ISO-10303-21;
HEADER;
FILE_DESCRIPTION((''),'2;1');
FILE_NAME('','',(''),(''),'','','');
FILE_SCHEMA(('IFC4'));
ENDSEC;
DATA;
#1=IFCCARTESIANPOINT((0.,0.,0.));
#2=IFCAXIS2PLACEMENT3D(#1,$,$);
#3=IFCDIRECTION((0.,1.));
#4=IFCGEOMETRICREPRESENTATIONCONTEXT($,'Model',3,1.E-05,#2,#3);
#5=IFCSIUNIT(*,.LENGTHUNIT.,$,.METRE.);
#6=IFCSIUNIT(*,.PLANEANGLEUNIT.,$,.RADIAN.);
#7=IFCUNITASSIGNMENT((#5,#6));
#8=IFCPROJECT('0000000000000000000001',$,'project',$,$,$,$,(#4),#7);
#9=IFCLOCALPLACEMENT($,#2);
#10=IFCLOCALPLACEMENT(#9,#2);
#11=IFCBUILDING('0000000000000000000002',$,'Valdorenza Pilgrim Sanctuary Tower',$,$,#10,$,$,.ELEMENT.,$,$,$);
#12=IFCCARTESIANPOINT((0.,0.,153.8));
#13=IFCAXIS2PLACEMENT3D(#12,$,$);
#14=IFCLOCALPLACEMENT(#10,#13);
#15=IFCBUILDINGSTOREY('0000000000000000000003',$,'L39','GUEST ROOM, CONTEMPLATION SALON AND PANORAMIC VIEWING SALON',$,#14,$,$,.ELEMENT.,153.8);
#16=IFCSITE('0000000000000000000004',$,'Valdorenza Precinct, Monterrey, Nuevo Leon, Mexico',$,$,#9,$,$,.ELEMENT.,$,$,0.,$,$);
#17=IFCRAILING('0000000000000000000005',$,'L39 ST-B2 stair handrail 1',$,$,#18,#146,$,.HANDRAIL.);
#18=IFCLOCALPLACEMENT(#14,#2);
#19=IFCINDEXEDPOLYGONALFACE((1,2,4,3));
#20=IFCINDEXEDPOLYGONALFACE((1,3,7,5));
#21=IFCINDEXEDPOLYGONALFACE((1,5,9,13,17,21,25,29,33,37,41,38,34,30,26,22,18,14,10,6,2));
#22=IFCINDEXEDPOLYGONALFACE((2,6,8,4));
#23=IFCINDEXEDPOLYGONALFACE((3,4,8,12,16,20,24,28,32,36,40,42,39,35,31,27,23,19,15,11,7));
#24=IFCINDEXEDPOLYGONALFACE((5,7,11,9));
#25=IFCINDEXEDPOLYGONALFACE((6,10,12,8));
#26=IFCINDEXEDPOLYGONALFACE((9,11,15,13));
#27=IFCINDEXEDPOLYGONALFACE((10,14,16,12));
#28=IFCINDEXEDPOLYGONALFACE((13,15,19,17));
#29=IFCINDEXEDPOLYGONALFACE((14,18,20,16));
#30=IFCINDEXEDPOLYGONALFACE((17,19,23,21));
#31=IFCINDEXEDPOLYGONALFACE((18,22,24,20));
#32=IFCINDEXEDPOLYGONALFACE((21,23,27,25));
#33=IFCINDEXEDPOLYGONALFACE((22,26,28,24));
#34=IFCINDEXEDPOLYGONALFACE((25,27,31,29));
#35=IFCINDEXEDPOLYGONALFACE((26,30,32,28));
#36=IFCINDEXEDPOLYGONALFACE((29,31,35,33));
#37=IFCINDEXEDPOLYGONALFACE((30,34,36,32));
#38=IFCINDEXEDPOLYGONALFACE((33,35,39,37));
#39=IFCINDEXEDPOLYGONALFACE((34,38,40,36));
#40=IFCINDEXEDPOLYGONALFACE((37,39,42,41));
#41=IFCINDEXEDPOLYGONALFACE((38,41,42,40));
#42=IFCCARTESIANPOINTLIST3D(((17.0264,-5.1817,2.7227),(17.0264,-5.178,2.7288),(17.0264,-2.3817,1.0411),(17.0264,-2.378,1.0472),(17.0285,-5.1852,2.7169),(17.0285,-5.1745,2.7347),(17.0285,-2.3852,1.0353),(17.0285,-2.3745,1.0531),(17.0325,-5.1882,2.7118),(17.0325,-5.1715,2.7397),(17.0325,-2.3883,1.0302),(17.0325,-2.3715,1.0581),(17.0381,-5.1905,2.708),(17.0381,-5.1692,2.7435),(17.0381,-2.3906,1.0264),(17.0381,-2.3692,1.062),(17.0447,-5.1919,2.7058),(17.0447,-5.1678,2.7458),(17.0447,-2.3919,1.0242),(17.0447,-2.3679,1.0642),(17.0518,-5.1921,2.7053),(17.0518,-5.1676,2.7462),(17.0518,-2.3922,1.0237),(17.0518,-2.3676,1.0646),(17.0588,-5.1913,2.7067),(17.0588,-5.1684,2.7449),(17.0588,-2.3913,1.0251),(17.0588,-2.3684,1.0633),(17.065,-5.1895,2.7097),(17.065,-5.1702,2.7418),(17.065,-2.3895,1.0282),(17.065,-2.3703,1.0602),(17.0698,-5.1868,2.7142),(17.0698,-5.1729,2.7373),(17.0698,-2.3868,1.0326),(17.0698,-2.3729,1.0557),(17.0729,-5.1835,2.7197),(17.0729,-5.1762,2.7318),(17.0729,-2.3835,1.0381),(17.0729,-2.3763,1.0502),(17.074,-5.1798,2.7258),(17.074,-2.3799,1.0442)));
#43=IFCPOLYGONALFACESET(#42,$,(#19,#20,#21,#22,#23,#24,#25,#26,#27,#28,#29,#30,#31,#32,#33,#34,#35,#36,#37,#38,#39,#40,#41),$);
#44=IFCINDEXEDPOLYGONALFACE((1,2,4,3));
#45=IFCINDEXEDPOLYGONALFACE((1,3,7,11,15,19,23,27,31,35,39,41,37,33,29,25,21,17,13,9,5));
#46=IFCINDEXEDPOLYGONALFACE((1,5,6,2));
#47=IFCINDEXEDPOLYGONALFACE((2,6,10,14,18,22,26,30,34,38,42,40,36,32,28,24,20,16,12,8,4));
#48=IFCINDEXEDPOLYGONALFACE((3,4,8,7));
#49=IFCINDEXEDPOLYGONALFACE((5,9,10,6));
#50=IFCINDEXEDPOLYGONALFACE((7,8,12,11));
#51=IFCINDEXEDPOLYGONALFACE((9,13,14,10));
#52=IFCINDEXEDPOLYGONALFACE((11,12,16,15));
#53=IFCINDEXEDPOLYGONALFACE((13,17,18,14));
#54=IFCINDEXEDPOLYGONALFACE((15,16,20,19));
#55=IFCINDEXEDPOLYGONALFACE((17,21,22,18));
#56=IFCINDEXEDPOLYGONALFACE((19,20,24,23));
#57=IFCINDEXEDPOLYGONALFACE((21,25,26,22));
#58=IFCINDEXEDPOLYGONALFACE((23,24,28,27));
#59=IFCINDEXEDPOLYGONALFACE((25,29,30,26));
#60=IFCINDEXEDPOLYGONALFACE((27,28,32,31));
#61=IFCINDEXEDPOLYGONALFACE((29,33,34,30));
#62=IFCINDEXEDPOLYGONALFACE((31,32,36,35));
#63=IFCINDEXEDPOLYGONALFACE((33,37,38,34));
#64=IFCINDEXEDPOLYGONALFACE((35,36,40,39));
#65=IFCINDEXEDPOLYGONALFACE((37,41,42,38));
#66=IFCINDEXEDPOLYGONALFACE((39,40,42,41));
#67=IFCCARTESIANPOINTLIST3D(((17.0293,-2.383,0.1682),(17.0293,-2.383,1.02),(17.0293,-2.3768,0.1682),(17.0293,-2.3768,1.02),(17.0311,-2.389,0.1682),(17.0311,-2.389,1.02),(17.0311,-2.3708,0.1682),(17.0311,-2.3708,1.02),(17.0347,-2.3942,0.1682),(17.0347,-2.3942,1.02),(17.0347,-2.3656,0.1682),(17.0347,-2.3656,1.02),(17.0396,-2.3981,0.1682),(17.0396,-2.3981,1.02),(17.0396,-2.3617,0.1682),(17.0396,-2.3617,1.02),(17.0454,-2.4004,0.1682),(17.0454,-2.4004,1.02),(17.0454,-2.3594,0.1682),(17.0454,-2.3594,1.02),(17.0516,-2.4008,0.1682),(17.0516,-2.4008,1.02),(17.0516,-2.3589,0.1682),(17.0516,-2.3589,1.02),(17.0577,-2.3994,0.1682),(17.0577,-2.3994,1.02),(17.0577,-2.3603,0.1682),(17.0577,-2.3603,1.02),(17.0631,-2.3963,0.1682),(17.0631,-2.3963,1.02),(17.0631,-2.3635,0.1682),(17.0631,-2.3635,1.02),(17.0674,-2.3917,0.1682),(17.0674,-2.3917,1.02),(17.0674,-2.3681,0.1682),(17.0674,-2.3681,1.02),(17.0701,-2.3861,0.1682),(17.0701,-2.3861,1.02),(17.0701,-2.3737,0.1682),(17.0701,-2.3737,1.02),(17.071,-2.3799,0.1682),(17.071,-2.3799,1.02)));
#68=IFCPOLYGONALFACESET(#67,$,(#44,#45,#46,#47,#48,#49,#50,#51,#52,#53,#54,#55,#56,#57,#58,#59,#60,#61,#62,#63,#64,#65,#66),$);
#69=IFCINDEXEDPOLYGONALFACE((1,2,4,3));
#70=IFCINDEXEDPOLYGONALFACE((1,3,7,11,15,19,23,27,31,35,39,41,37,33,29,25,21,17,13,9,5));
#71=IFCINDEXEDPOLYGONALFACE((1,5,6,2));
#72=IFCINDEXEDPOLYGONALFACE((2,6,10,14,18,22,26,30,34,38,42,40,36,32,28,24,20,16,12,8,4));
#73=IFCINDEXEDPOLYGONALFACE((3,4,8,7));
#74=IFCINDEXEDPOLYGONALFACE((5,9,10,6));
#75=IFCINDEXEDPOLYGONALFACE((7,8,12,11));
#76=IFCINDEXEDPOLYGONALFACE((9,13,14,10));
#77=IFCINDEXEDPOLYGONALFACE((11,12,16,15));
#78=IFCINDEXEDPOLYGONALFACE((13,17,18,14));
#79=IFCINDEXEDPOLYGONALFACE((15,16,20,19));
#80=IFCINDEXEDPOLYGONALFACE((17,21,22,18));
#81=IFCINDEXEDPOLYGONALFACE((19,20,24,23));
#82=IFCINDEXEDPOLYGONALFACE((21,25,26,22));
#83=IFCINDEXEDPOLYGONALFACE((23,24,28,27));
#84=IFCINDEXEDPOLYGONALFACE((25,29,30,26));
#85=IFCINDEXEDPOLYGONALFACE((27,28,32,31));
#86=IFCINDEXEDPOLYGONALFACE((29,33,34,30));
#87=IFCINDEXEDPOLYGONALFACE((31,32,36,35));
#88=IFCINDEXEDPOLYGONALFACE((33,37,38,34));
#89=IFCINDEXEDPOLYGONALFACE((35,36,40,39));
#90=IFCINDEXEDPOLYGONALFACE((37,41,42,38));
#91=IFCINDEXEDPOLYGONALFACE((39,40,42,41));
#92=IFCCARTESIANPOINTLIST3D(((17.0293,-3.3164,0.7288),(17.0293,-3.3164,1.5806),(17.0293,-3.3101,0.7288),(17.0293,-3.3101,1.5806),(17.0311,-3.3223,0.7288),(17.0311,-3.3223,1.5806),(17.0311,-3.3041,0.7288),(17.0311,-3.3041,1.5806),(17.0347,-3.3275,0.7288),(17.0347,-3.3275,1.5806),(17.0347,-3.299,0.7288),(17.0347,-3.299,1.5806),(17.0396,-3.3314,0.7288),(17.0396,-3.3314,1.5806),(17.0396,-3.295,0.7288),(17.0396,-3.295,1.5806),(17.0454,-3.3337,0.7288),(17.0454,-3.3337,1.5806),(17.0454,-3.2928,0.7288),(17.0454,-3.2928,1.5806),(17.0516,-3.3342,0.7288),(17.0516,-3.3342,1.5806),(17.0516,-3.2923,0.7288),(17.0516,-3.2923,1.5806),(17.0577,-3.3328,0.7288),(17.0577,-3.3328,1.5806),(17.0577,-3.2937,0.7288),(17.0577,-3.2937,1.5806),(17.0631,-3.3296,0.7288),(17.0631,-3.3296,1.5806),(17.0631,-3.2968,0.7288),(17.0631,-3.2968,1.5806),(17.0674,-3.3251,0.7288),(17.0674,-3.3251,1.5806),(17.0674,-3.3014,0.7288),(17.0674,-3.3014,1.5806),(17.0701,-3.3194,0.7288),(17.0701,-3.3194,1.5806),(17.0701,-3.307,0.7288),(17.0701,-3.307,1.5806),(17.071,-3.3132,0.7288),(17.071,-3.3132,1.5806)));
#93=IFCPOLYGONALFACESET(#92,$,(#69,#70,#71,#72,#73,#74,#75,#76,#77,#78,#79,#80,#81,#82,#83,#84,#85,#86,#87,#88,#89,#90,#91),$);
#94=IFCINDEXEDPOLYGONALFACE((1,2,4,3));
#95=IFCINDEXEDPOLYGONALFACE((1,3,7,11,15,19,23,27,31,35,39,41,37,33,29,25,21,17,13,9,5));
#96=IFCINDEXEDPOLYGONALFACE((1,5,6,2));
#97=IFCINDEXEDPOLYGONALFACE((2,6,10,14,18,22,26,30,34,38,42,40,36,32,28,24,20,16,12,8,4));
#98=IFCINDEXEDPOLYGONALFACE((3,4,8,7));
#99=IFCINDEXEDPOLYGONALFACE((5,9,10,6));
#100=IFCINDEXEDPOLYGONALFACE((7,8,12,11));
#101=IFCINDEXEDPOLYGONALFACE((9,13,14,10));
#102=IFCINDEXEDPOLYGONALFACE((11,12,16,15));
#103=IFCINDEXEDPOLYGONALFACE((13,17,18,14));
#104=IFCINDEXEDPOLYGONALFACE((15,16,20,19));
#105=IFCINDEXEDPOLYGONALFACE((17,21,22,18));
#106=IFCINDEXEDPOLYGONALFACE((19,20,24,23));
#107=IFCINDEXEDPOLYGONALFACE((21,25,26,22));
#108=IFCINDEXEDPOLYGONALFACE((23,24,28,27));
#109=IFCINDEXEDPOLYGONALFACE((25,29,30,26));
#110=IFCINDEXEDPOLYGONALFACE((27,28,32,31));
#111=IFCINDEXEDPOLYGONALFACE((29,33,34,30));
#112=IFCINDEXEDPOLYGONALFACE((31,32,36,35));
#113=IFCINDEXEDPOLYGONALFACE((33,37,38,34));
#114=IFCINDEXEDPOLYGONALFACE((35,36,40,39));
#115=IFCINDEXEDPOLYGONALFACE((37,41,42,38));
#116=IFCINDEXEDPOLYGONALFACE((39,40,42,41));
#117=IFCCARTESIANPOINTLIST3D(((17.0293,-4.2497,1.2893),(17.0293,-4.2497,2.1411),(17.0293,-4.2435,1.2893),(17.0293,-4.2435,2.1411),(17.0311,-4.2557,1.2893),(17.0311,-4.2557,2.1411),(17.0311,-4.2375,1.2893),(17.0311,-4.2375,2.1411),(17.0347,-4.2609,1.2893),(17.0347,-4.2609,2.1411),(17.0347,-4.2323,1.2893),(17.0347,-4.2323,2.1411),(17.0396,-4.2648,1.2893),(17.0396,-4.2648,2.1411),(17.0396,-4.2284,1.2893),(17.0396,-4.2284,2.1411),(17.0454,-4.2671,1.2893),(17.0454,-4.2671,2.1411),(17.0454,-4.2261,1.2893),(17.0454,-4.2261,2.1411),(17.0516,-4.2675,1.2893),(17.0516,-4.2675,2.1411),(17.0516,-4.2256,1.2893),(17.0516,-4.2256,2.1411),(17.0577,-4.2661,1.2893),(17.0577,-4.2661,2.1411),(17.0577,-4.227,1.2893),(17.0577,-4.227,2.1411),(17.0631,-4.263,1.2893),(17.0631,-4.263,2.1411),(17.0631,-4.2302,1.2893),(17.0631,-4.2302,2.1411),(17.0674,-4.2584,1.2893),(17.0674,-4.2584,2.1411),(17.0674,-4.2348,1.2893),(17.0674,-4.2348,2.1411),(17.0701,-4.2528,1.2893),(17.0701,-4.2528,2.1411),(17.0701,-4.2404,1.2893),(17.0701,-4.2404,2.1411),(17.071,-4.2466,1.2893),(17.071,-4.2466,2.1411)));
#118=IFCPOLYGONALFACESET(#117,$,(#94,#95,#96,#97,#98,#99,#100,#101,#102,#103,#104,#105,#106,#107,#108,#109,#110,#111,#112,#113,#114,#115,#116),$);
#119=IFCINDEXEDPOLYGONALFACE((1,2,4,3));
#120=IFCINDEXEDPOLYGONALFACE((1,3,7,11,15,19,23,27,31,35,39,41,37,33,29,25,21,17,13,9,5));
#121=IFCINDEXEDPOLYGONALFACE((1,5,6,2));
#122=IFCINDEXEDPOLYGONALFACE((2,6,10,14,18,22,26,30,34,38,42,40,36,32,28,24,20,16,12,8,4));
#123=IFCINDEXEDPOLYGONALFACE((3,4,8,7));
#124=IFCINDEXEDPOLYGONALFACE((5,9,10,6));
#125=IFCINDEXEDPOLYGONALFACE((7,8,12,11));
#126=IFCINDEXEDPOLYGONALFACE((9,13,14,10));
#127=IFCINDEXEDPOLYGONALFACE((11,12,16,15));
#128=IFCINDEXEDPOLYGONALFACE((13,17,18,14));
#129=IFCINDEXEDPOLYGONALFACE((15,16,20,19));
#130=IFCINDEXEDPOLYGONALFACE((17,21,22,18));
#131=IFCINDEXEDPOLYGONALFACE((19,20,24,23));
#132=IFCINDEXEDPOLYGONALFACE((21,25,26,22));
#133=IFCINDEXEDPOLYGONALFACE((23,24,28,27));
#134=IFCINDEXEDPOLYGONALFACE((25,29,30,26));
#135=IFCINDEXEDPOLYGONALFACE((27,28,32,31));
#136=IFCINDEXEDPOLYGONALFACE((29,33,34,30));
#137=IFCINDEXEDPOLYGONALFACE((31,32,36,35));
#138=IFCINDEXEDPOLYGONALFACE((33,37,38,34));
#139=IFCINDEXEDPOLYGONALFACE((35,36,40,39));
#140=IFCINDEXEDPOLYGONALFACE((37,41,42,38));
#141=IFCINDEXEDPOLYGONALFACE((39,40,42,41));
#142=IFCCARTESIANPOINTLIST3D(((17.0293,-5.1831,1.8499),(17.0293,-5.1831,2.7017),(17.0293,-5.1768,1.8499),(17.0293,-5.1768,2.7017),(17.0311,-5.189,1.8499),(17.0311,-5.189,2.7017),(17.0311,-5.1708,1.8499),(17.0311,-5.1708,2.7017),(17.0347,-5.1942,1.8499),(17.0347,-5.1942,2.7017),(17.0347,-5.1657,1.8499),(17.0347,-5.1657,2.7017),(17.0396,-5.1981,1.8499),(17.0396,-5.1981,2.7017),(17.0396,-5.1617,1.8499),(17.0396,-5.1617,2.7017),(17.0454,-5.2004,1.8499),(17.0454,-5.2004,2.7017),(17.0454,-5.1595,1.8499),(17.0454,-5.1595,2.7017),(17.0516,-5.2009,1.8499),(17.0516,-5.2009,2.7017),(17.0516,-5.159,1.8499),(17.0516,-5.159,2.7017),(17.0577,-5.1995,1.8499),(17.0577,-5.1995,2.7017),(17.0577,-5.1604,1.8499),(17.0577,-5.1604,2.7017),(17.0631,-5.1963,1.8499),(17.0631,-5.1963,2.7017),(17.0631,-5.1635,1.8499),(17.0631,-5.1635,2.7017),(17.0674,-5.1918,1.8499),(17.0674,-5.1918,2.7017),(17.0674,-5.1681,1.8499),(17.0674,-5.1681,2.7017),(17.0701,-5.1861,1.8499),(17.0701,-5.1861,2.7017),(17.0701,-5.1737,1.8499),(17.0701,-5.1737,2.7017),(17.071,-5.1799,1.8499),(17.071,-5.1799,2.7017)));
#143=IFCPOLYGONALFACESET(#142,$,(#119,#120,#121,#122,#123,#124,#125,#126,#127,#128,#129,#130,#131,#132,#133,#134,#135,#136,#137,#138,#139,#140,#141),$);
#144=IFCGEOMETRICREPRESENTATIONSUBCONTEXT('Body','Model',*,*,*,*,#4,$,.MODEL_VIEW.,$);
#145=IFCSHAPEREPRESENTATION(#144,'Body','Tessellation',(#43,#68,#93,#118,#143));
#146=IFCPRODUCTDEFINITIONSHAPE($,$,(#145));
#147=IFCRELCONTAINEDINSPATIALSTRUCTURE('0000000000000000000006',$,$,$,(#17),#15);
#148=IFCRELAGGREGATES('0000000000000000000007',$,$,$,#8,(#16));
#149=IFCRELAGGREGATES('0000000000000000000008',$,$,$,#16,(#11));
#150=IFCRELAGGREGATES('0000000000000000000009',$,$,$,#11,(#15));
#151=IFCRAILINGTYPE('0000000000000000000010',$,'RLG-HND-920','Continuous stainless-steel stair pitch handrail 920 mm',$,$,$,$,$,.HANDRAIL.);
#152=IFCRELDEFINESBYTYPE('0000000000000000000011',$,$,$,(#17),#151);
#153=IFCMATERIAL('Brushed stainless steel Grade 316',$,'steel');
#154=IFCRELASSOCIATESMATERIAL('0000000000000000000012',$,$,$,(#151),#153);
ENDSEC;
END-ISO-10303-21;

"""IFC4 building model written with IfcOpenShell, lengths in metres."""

from ifc_helpers import new_model, si_unit, direction, frame, origin, origin_2d, place, context, subcontext, project, spatial, circle, extrude, material, type_object, element, save


model = new_model("IFC4")

# Units and contexts
model_context = context("Model", 3, precision=1e-05, world=origin(), true_north=direction((0.0, 1.0)))
body_context = subcontext(model_context, "Body", "Model", "MODEL_VIEW")
ifc_project = project(units=[si_unit("LENGTHUNIT", "METRE"), si_unit("PLANEANGLEUNIT", "RADIAN")], contexts=[model_context])

# Site, building, storey
site_placement = place(None, origin())
site = spatial("IfcSite", under=ifc_project, at=site_placement, Name="Valdorenza Precinct, Monterrey, Nuevo Leon, Mexico", CompositionType="ELEMENT", RefElevation=0.0)
building_placement = place(site_placement, origin())
building = spatial("IfcBuilding", under=site, at=building_placement, Name="Valdorenza Pilgrim Sanctuary Tower", CompositionType="ELEMENT")
storey_placement = place(building_placement, frame((0.0, 0.0, 153.8)))
storey = spatial("IfcBuildingStorey", under=building, at=storey_placement, Name="L39", Description="GUEST ROOM, CONTEMPLATION SALON AND PANORAMIC VIEWING SALON", CompositionType="ELEMENT", Elevation=153.8)

# Railing
ifc_material_1 = material(Name="Brushed stainless steel Grade 316", Category="steel")
railing_type_1 = type_object("IfcRailingType", Name="RLG-HND-920", Description="Continuous stainless-steel stair pitch handrail 920 mm", PredefinedType="HANDRAIL", material=ifc_material_1)
railing_1_placement = place(storey_placement, frame((17.05, -2.3799, 0.1682)))
element("IfcRailing", 1, at=railing_1_placement, inside=storey, type_object=railing_type_1, Name="L39 ST-B2 stair handrail 1", PredefinedType="HANDRAIL", context=body_context, shape_type="SweptSolid", body=[
    extrude(circle(Radius=0.0239, at=origin_2d()), frame((0.0, 0.0, 0.876), z_axis=(0.0, -0.857275, 0.514858), x_axis=(1.0, 0.0, 0.0)), (0.0, 0.0, 1.0), 3.2661),
    extrude(circle(Radius=0.021, at=origin_2d()), origin(), (0.0, 0.0, 1.0), 0.8518),
    extrude(circle(Radius=0.021, at=origin_2d()), frame((0.0, -0.9333, 0.5605)), (0.0, 0.0, 1.0), 0.8518),
    extrude(circle(Radius=0.021, at=origin_2d()), frame((0.0, -1.8667, 1.1211)), (0.0, 0.0, 1.0), 0.8518),
    extrude(circle(Radius=0.021, at=origin_2d()), frame((0.0, -2.8, 1.6816)), (0.0, 0.0, 1.0), 0.8518),
])

save(model, "model.ifc")
